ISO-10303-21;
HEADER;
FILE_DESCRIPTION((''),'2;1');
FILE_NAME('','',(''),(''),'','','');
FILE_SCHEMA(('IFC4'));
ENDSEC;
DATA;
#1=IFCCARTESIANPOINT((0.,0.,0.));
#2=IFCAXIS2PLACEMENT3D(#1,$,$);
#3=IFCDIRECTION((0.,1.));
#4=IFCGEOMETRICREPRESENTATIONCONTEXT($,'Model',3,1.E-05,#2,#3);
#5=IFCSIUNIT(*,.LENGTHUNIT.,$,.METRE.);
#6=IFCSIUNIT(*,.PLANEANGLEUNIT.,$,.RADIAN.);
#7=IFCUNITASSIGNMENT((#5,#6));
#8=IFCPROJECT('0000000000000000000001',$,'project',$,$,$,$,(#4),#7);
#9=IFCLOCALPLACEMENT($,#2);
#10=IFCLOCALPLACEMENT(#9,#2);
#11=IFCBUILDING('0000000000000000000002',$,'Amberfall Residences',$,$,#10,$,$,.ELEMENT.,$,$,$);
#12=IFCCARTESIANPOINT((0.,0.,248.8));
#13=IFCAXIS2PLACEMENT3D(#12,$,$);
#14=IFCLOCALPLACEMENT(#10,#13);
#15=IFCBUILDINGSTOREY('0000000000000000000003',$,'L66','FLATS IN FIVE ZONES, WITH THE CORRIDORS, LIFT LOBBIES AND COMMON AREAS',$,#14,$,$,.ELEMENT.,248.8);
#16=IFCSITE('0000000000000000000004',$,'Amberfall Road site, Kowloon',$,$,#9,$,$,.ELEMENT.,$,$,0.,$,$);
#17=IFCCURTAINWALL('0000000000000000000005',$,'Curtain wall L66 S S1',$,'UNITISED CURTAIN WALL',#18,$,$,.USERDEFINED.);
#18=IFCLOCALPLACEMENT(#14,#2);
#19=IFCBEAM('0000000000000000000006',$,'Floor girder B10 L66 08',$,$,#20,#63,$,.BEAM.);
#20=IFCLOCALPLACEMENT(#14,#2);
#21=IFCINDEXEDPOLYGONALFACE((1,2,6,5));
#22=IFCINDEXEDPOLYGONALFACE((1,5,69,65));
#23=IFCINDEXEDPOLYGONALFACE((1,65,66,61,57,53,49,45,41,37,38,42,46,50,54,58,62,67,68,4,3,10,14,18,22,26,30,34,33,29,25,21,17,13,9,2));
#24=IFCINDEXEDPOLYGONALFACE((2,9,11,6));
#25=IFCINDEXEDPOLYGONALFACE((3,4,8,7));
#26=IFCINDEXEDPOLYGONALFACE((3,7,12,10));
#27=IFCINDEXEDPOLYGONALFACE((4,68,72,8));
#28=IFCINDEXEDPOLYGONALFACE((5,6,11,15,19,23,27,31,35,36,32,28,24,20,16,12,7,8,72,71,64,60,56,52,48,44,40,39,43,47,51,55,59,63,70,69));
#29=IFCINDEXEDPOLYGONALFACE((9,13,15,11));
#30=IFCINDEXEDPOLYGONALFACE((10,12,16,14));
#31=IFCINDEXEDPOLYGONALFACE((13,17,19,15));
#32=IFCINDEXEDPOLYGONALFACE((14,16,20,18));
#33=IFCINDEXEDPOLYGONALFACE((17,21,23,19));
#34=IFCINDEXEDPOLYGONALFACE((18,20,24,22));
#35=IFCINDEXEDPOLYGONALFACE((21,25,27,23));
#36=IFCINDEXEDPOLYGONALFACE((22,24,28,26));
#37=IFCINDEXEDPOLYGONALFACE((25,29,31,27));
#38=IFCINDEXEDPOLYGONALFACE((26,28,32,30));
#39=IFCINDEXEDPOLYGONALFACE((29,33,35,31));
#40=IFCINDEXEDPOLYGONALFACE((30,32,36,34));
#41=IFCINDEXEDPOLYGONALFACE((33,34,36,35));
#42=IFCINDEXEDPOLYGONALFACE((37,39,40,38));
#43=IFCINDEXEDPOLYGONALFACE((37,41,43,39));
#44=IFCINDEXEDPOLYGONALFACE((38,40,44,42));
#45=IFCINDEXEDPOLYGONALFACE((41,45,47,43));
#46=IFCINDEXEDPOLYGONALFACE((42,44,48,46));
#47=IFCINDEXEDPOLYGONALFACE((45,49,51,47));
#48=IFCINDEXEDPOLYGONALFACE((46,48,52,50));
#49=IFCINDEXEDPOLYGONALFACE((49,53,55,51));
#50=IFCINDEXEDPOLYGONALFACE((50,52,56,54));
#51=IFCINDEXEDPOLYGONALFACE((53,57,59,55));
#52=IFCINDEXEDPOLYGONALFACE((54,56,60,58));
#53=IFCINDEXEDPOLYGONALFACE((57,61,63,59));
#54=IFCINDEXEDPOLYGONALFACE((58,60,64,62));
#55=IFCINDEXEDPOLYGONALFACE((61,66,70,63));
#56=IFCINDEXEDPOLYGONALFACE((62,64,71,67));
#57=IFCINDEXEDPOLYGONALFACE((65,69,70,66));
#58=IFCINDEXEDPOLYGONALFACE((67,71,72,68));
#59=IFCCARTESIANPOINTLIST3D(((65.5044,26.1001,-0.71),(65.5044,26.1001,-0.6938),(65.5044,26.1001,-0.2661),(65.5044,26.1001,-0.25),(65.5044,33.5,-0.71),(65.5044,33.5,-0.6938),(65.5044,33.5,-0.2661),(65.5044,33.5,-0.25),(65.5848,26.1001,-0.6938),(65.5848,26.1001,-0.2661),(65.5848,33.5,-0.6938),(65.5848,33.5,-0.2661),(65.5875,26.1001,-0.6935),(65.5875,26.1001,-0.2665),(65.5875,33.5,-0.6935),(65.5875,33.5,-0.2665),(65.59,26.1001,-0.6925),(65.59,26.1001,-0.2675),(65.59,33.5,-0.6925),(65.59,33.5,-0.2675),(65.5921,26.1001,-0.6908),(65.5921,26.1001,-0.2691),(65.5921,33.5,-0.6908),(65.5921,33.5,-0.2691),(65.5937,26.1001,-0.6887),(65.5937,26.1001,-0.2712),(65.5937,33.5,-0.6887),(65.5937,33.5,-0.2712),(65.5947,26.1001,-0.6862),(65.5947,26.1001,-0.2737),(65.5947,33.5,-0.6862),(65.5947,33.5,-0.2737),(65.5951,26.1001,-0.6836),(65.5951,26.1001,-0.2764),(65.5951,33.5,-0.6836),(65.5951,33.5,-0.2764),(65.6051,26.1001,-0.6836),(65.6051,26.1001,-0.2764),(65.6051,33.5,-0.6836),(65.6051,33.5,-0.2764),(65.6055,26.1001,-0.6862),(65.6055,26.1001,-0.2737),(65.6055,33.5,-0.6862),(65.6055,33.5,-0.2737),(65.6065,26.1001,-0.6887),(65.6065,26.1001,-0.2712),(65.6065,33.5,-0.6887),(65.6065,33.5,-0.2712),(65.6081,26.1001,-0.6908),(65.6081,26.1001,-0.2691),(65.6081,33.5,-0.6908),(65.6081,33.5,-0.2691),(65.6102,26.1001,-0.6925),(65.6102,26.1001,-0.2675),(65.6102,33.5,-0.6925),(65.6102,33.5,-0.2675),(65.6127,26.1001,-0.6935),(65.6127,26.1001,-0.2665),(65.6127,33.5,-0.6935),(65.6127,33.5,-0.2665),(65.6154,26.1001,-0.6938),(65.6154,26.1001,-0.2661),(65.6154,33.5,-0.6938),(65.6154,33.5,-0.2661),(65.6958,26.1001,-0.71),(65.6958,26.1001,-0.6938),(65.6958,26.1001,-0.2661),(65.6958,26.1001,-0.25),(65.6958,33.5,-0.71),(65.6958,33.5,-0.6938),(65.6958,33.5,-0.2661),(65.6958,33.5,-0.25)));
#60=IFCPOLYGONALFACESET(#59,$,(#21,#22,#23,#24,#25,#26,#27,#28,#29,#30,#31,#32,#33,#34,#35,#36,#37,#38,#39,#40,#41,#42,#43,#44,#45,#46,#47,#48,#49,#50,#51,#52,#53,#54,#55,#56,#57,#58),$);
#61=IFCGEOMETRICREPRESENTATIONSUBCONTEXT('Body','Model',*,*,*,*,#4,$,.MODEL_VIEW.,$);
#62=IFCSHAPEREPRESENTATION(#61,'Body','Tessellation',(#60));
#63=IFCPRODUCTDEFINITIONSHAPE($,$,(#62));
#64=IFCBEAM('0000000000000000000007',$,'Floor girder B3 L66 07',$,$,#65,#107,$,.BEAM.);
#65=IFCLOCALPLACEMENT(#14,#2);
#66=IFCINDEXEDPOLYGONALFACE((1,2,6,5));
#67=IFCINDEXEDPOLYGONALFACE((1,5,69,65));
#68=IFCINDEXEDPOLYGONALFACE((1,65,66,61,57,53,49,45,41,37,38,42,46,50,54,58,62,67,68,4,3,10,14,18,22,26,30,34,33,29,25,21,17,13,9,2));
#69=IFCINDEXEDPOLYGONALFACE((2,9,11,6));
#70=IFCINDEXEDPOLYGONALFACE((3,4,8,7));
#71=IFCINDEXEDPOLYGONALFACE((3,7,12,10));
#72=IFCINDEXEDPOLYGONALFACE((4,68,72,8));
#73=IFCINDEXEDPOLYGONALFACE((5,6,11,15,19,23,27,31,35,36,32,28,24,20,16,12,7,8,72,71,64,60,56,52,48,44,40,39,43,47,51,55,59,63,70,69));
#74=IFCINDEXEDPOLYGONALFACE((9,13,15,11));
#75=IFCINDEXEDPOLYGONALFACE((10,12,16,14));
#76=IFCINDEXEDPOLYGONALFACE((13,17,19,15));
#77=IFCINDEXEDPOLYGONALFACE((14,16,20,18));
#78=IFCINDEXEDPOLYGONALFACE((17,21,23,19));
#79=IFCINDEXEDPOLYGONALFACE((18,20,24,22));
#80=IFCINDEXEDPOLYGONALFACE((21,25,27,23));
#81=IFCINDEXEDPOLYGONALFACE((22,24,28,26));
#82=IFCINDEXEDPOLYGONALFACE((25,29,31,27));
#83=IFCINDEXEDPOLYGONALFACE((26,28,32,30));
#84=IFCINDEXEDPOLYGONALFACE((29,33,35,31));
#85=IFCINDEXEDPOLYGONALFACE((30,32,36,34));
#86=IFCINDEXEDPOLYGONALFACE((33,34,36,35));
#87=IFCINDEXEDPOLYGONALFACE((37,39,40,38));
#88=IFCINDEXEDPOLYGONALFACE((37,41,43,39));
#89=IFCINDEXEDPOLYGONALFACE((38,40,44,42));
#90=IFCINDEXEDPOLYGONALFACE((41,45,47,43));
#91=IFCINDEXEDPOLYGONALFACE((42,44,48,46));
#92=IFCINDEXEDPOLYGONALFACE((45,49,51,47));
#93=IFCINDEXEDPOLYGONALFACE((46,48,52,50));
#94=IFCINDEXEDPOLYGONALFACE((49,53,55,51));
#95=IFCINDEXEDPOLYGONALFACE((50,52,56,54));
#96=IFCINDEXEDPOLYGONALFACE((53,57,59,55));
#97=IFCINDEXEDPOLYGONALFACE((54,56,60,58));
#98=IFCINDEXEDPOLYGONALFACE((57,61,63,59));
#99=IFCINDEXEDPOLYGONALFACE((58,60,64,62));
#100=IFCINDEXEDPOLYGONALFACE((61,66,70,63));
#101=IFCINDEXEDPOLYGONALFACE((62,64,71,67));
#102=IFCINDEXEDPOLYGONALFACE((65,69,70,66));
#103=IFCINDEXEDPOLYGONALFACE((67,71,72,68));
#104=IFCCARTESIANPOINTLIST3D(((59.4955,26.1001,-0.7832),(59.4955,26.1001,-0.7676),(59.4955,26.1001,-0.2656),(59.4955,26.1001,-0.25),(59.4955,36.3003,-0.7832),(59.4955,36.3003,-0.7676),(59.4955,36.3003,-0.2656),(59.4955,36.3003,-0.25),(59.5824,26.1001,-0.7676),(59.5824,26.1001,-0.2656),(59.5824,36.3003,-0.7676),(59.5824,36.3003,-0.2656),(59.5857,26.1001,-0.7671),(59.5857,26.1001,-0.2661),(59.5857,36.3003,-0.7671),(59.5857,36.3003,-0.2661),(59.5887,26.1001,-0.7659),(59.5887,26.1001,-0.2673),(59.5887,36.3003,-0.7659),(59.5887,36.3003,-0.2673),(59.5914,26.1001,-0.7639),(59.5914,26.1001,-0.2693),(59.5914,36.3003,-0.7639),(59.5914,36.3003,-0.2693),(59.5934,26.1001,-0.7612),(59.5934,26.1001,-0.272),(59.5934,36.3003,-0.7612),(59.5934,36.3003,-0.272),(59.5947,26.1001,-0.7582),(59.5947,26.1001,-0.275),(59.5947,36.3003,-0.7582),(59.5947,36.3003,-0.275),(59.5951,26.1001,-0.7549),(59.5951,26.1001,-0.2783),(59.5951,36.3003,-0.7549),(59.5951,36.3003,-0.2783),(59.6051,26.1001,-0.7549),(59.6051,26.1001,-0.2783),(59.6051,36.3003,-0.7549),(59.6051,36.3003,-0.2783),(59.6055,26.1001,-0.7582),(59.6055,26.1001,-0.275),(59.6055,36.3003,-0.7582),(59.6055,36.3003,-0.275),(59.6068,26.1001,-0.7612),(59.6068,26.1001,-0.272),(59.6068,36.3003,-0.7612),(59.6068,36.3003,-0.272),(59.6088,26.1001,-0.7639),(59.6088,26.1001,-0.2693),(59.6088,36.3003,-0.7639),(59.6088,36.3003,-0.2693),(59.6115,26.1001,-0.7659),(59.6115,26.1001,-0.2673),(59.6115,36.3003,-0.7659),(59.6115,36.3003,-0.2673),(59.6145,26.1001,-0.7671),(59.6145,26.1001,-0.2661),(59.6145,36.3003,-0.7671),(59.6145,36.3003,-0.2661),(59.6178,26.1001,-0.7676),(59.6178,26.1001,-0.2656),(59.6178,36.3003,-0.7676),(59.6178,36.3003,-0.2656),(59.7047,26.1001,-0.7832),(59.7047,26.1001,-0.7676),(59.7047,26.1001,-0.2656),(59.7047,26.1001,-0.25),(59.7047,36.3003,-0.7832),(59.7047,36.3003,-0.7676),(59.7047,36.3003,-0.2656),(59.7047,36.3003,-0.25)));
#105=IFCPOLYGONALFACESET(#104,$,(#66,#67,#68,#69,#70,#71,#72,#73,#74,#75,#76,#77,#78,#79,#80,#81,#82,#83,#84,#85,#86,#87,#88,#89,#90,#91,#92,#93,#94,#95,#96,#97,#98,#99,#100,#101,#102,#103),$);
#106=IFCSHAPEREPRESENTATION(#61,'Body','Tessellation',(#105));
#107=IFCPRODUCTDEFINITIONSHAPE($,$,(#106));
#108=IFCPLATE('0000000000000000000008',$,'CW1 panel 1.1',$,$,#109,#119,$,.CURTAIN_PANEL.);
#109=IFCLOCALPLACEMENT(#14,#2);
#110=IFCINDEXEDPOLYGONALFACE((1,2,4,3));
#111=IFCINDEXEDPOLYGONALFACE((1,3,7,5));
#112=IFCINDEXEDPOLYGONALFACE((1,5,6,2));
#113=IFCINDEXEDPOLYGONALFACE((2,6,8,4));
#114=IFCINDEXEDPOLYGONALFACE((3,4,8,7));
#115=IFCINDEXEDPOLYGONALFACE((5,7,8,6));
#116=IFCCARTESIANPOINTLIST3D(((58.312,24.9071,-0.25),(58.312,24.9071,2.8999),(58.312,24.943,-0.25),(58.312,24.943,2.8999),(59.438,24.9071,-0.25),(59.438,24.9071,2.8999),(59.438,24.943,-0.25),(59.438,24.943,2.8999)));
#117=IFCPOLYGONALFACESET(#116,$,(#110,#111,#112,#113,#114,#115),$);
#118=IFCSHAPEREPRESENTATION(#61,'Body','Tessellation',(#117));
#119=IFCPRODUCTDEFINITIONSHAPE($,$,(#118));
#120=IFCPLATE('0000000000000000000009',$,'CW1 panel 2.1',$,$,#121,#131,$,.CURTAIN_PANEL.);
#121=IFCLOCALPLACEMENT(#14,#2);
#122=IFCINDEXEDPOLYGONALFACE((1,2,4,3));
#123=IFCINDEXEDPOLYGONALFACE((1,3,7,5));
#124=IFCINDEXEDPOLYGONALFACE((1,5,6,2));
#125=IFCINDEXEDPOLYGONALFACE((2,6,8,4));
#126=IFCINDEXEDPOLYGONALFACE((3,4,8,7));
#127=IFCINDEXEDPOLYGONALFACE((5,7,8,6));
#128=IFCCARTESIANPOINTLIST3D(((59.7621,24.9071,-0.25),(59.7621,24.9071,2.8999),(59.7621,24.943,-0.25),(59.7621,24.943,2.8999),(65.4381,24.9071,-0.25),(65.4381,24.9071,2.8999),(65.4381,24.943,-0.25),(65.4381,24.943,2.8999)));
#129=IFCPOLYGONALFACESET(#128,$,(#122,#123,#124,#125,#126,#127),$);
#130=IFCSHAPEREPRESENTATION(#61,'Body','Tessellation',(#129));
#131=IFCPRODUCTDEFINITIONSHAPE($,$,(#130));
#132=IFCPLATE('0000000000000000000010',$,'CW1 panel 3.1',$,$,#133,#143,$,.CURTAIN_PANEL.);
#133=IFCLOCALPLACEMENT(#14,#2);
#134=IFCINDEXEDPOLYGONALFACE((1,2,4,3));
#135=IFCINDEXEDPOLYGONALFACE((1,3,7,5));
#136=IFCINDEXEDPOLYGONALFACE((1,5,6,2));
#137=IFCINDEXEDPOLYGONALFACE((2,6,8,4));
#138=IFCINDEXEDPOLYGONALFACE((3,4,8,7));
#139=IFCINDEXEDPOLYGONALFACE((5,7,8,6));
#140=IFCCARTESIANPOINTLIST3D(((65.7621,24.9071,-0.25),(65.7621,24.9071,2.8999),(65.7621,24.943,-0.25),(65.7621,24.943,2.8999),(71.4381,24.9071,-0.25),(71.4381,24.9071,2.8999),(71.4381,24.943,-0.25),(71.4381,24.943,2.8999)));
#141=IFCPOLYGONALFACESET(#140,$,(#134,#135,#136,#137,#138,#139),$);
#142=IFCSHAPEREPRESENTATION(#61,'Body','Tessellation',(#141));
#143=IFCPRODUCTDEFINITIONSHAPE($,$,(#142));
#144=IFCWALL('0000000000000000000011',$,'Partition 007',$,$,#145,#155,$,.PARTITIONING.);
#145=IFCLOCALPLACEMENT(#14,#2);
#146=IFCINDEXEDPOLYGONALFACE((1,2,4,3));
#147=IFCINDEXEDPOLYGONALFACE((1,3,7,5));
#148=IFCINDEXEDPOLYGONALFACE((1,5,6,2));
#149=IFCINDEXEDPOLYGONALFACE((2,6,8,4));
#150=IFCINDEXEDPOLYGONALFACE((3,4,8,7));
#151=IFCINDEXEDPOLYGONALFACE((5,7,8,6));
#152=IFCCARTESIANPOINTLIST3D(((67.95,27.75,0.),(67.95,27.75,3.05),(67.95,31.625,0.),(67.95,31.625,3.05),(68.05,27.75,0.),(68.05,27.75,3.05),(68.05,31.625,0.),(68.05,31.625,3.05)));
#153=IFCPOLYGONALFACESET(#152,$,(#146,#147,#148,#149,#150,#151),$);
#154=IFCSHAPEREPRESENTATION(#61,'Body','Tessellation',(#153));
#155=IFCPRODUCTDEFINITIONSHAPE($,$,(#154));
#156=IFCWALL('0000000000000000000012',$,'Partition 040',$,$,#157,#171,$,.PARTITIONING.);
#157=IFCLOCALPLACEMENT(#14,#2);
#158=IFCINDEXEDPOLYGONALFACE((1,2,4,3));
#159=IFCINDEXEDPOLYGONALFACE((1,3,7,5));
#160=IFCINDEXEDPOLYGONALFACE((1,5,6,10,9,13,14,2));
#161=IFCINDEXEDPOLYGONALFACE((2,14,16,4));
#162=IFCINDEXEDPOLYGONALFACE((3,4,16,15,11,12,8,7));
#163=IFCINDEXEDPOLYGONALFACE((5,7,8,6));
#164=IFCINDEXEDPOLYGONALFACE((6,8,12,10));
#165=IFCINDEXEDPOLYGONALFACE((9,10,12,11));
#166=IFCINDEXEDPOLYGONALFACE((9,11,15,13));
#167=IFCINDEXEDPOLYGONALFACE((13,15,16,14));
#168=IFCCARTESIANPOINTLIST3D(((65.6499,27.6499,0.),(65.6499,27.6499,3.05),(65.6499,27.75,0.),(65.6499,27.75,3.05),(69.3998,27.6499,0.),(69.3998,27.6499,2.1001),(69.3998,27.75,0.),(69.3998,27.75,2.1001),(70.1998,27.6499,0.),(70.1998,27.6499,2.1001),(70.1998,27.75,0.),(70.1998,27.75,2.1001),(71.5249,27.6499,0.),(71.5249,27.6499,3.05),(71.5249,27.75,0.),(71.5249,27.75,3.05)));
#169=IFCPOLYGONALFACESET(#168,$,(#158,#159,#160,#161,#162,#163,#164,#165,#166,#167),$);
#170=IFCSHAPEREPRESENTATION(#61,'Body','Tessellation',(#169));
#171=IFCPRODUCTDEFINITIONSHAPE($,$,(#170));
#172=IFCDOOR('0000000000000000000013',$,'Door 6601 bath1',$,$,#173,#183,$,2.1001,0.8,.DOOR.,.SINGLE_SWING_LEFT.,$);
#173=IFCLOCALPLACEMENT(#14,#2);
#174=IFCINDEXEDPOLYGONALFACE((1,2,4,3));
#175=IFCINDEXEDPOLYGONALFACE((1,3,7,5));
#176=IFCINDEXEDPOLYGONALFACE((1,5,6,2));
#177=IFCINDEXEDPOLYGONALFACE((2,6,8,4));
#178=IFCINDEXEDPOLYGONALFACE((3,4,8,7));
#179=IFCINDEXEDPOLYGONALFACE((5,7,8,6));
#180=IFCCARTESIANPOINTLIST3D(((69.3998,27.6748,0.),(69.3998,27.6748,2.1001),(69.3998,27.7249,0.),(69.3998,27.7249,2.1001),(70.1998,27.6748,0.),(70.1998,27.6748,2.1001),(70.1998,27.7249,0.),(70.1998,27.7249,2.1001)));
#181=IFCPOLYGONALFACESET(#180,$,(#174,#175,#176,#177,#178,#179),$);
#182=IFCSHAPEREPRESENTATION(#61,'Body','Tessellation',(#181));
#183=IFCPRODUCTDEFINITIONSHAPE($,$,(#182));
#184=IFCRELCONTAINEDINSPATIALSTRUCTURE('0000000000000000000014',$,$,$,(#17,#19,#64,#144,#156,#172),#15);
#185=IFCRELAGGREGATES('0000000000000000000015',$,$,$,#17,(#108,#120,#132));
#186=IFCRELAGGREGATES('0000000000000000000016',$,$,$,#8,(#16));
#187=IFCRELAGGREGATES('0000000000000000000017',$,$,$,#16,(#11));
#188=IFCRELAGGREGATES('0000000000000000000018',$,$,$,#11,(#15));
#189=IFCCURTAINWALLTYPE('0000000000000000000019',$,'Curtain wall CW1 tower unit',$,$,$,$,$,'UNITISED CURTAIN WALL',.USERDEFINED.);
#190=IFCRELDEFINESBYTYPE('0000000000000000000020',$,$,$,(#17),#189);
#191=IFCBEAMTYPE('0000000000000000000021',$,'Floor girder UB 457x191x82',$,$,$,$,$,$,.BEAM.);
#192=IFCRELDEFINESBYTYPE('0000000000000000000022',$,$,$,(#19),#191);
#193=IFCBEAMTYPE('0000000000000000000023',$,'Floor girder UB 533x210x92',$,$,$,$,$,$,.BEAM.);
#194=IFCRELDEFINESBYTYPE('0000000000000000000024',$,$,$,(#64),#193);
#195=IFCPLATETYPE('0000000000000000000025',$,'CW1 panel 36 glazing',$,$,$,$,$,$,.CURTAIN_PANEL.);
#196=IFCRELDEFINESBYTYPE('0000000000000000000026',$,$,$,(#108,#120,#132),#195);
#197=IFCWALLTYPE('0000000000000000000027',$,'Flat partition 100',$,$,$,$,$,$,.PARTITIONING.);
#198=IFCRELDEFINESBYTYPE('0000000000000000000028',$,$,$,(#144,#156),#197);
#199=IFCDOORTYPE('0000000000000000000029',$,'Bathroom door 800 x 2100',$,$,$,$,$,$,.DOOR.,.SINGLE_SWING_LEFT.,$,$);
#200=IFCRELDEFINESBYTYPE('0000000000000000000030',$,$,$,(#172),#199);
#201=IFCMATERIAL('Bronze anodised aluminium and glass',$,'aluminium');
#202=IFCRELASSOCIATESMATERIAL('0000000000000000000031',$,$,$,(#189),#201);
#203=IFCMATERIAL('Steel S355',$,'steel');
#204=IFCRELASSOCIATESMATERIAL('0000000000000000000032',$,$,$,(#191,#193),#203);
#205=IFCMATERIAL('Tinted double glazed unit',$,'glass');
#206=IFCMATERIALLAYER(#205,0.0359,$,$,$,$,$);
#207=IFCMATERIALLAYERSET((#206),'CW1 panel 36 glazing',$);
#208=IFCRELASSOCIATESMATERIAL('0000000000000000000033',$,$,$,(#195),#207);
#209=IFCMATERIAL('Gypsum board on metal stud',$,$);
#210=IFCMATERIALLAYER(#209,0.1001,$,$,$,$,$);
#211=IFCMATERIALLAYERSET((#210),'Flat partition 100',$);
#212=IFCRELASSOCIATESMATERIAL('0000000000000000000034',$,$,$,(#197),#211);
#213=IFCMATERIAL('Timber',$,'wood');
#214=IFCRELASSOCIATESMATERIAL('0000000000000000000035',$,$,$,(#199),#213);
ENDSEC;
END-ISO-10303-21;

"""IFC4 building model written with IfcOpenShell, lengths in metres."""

from ifc_helpers import new_model, si_unit, direction, frame, frame_2d, origin, origin_2d, place, context, subcontext, project, spatial, rectangle, i_section, extrude, material, layer, layer_set, material_profile, profile_set, type_object, element, fill, aggregate, save


model = new_model("IFC4")

# Units and contexts
model_context = context("Model", 3, precision=1e-05, world=origin(), true_north=direction((0.0, 1.0)))
body_context = subcontext(model_context, "Body", "Model", "MODEL_VIEW")
ifc_project = project(units=[si_unit("LENGTHUNIT", "METRE"), si_unit("PLANEANGLEUNIT", "RADIAN")], contexts=[model_context])

# Site, building, storey
site_placement = place(None, origin())
site = spatial("IfcSite", under=ifc_project, at=site_placement, Name="Amberfall Road site, Kowloon", CompositionType="ELEMENT", RefElevation=0.0)
building_placement = place(site_placement, origin())
building = spatial("IfcBuilding", under=site, at=building_placement, Name="Amberfall Residences", CompositionType="ELEMENT")
storey_placement = place(building_placement, frame((0.0, 0.0, 248.8)))
storey = spatial("IfcBuildingStorey", under=building, at=storey_placement, Name="L66", Description="FLATS IN FIVE ZONES, WITH THE CORRIDORS, LIFT LOBBIES AND COMMON AREAS", CompositionType="ELEMENT", Elevation=248.8)

# Curtain wall
ifc_material_1 = material(Name="Bronze anodised aluminium and glass", Category="aluminium")
curtain_wall_type = type_object("IfcCurtainWallType", Name="Curtain wall CW1 tower unit", ElementType="UNITISED CURTAIN WALL", PredefinedType="USERDEFINED", material=ifc_material_1)
curtain_wall_placement = place(storey_placement, origin())
curtain_wall = element("IfcCurtainWall", 1, at=curtain_wall_placement, inside=storey, type_object=curtain_wall_type, Name="Curtain wall L66 S S1", ObjectType="UNITISED CURTAIN WALL", PredefinedType="USERDEFINED")

# Shared definitions
ifc_material_2 = material(Name="Steel S355", Category="steel")

# Beams
ifc_material_profile_1 = material_profile(ifc_material_2, i_section(OverallWidth=0.1914, OverallDepth=0.46, WebThickness=0.01, FlangeThickness=0.0161, FilletRadius=0.0103, at=origin_2d()), Name="UB 457x191x82")
ifc_profile_set_1 = profile_set([ifc_material_profile_1], Name="Steel S355")
beam_type_1 = type_object("IfcBeamType", Name="Floor girder UB 457x191x82", PredefinedType="BEAM", material=ifc_profile_set_1)
beam_1_placement = place(storey_placement, frame((65.6001, 26.1001, -0.48), z_axis=(0.0, 1.0, 0.0), x_axis=(-1.0, 0.0, 0.0)))
element("IfcBeam", 2, at=beam_1_placement, inside=storey, type_object=beam_type_1, Name="Floor girder B10 L66 08", PredefinedType="BEAM", context=body_context, shape_type="SweptSolid", body=[
    extrude(i_section(OverallWidth=0.1914, OverallDepth=0.46, WebThickness=0.01, FlangeThickness=0.0161, FilletRadius=0.0103, at=origin_2d()), origin(), (0.0, 0.0, 1.0), 7.3999),
])
ifc_material_profile_2 = material_profile(ifc_material_2, i_section(OverallWidth=0.2092, OverallDepth=0.5332, WebThickness=0.01, FlangeThickness=0.0156, FilletRadius=0.0127, at=origin_2d()), Name="UB 533x210x92")
ifc_profile_set_2 = profile_set([ifc_material_profile_2], Name="Steel S355")
beam_type_2 = type_object("IfcBeamType", Name="Floor girder UB 533x210x92", PredefinedType="BEAM", material=ifc_profile_set_2)
beam_2_placement = place(storey_placement, frame((59.6001, 26.1001, -0.5166), z_axis=(0.0, 1.0, 0.0), x_axis=(-1.0, 0.0, 0.0)))
element("IfcBeam", 3, at=beam_2_placement, inside=storey, type_object=beam_type_2, Name="Floor girder B3 L66 07", PredefinedType="BEAM", context=body_context, shape_type="SweptSolid", body=[
    extrude(i_section(OverallWidth=0.2092, OverallDepth=0.5332, WebThickness=0.01, FlangeThickness=0.0156, FilletRadius=0.0127, at=origin_2d()), origin(), (0.0, 0.0, 1.0), 10.2002),
])

# Plates
ifc_material_3 = material(Name="Tinted double glazed unit", Category="glass")
ifc_layer_1 = layer(ifc_material_3, 0.0359)
ifc_layer_set_1 = layer_set([ifc_layer_1], Name="CW1 panel 36 glazing")
plate_type = type_object("IfcPlateType", Name="CW1 panel 36 glazing", PredefinedType="CURTAIN_PANEL", material=ifc_layer_set_1)
plate_1_placement = place(storey_placement, frame((58.875, 24.925, -0.25), z_axis=(0.0, 0.0, 1.0), x_axis=(1.0, 0.0, 0.0)))
plate_1 = element("IfcPlate", 4, at=plate_1_placement, type_object=plate_type, Name="CW1 panel 1.1", PredefinedType="CURTAIN_PANEL", context=body_context, shape_type="SweptSolid", body=[
    extrude(rectangle(XDim=1.126, YDim=0.0359, at=origin_2d()), origin(), (0.0, 0.0, 1.0), 3.1499),
])
plate_2_placement = place(storey_placement, frame((62.6001, 24.925, -0.25), z_axis=(0.0, 0.0, 1.0), x_axis=(1.0, 0.0, 0.0)))
plate_2 = element("IfcPlate", 5, at=plate_2_placement, type_object=plate_type, Name="CW1 panel 2.1", PredefinedType="CURTAIN_PANEL", context=body_context, shape_type="SweptSolid", body=[
    extrude(rectangle(XDim=5.676, YDim=0.0359, at=origin_2d()), origin(), (0.0, 0.0, 1.0), 3.1499),
])
plate_3_placement = place(storey_placement, frame((68.6001, 24.925, -0.25), z_axis=(0.0, 0.0, 1.0), x_axis=(1.0, 0.0, 0.0)))
plate_3 = element("IfcPlate", 6, at=plate_3_placement, type_object=plate_type, Name="CW1 panel 3.1", PredefinedType="CURTAIN_PANEL", context=body_context, shape_type="SweptSolid", body=[
    extrude(rectangle(XDim=5.676, YDim=0.0359, at=origin_2d()), origin(), (0.0, 0.0, 1.0), 3.1499),
])
aggregate(curtain_wall, [plate_1, plate_2, plate_3])

# Wall
ifc_material_4 = material(Name="Gypsum board on metal stud")
ifc_layer_2 = layer(ifc_material_4, 0.1001)
ifc_layer_set_2 = layer_set([ifc_layer_2], Name="Flat partition 100")
wall_type = type_object("IfcWallType", Name="Flat partition 100", PredefinedType="PARTITIONING", material=ifc_layer_set_2)
wall_1_placement = place(storey_placement, frame((68.0, 27.75, 0.0), z_axis=(0.0, 0.0, 1.0), x_axis=(0.0, 1.0, 0.0)))
element("IfcWall", 7, at=wall_1_placement, inside=storey, type_object=wall_type, Name="Partition 007", PredefinedType="PARTITIONING", context=body_context, shape_type="SweptSolid", body=[
    extrude(rectangle(XDim=3.875, YDim=0.1001, at=frame_2d((1.9375, 0.0))), origin(), (0.0, 0.0, 1.0), 3.05),
])

# Wall, opening, door
wall_2_placement = place(storey_placement, frame((65.6499, 27.7, 0.0), z_axis=(0.0, 0.0, 1.0), x_axis=(1.0, 0.0, 0.0)))
wall_2 = element("IfcWall", 8, at=wall_2_placement, inside=storey, type_object=wall_type, Name="Partition 040", PredefinedType="PARTITIONING", context=body_context, shape_type="SweptSolid", body=[
    extrude(rectangle(XDim=5.875, YDim=0.1001, at=frame_2d((2.9375, 0.0))), origin(), (0.0, 0.0, 1.0), 3.05),
])
opening_placement = place(wall_2_placement, frame((3.75, 0.0, 0.0)))
opening = element("IfcOpeningElement", 9, at=opening_placement, cuts=wall_2, PredefinedType="OPENING", context=body_context, shape_type="SweptSolid", body=[
    extrude(rectangle(XDim=0.8, YDim=2.1001, at=frame_2d((0.3999, 1.05))), frame((0.0, 0.0601, 0.0), z_axis=(0.0, -1.0, 0.0), x_axis=(1.0, 0.0, 0.0)), (0.0, 0.0, 1.0), 0.1201),
])
ifc_material_5 = material(Name="Timber", Category="wood")
door_type = type_object("IfcDoorType", Name="Bathroom door 800 x 2100", OperationType="SINGLE_SWING_LEFT", PredefinedType="DOOR", material=ifc_material_5)
door_placement = place(opening_placement, origin())
door = element("IfcDoor", 10, at=door_placement, inside=storey, type_object=door_type, Name="Door 6601 bath1", OperationType="SINGLE_SWING_LEFT", OverallHeight=2.1001, OverallWidth=0.8, PredefinedType="DOOR", context=body_context, shape_type="SweptSolid", body=[
    extrude(rectangle(XDim=0.8, YDim=2.1001, at=frame_2d((0.3999, 1.05))), frame((0.0, 0.0249, 0.0), z_axis=(0.0, -1.0, 0.0), x_axis=(1.0, 0.0, 0.0)), (0.0, 0.0, 1.0), 0.05),
])
fill(opening, door)

save(model, "model.ifc")
